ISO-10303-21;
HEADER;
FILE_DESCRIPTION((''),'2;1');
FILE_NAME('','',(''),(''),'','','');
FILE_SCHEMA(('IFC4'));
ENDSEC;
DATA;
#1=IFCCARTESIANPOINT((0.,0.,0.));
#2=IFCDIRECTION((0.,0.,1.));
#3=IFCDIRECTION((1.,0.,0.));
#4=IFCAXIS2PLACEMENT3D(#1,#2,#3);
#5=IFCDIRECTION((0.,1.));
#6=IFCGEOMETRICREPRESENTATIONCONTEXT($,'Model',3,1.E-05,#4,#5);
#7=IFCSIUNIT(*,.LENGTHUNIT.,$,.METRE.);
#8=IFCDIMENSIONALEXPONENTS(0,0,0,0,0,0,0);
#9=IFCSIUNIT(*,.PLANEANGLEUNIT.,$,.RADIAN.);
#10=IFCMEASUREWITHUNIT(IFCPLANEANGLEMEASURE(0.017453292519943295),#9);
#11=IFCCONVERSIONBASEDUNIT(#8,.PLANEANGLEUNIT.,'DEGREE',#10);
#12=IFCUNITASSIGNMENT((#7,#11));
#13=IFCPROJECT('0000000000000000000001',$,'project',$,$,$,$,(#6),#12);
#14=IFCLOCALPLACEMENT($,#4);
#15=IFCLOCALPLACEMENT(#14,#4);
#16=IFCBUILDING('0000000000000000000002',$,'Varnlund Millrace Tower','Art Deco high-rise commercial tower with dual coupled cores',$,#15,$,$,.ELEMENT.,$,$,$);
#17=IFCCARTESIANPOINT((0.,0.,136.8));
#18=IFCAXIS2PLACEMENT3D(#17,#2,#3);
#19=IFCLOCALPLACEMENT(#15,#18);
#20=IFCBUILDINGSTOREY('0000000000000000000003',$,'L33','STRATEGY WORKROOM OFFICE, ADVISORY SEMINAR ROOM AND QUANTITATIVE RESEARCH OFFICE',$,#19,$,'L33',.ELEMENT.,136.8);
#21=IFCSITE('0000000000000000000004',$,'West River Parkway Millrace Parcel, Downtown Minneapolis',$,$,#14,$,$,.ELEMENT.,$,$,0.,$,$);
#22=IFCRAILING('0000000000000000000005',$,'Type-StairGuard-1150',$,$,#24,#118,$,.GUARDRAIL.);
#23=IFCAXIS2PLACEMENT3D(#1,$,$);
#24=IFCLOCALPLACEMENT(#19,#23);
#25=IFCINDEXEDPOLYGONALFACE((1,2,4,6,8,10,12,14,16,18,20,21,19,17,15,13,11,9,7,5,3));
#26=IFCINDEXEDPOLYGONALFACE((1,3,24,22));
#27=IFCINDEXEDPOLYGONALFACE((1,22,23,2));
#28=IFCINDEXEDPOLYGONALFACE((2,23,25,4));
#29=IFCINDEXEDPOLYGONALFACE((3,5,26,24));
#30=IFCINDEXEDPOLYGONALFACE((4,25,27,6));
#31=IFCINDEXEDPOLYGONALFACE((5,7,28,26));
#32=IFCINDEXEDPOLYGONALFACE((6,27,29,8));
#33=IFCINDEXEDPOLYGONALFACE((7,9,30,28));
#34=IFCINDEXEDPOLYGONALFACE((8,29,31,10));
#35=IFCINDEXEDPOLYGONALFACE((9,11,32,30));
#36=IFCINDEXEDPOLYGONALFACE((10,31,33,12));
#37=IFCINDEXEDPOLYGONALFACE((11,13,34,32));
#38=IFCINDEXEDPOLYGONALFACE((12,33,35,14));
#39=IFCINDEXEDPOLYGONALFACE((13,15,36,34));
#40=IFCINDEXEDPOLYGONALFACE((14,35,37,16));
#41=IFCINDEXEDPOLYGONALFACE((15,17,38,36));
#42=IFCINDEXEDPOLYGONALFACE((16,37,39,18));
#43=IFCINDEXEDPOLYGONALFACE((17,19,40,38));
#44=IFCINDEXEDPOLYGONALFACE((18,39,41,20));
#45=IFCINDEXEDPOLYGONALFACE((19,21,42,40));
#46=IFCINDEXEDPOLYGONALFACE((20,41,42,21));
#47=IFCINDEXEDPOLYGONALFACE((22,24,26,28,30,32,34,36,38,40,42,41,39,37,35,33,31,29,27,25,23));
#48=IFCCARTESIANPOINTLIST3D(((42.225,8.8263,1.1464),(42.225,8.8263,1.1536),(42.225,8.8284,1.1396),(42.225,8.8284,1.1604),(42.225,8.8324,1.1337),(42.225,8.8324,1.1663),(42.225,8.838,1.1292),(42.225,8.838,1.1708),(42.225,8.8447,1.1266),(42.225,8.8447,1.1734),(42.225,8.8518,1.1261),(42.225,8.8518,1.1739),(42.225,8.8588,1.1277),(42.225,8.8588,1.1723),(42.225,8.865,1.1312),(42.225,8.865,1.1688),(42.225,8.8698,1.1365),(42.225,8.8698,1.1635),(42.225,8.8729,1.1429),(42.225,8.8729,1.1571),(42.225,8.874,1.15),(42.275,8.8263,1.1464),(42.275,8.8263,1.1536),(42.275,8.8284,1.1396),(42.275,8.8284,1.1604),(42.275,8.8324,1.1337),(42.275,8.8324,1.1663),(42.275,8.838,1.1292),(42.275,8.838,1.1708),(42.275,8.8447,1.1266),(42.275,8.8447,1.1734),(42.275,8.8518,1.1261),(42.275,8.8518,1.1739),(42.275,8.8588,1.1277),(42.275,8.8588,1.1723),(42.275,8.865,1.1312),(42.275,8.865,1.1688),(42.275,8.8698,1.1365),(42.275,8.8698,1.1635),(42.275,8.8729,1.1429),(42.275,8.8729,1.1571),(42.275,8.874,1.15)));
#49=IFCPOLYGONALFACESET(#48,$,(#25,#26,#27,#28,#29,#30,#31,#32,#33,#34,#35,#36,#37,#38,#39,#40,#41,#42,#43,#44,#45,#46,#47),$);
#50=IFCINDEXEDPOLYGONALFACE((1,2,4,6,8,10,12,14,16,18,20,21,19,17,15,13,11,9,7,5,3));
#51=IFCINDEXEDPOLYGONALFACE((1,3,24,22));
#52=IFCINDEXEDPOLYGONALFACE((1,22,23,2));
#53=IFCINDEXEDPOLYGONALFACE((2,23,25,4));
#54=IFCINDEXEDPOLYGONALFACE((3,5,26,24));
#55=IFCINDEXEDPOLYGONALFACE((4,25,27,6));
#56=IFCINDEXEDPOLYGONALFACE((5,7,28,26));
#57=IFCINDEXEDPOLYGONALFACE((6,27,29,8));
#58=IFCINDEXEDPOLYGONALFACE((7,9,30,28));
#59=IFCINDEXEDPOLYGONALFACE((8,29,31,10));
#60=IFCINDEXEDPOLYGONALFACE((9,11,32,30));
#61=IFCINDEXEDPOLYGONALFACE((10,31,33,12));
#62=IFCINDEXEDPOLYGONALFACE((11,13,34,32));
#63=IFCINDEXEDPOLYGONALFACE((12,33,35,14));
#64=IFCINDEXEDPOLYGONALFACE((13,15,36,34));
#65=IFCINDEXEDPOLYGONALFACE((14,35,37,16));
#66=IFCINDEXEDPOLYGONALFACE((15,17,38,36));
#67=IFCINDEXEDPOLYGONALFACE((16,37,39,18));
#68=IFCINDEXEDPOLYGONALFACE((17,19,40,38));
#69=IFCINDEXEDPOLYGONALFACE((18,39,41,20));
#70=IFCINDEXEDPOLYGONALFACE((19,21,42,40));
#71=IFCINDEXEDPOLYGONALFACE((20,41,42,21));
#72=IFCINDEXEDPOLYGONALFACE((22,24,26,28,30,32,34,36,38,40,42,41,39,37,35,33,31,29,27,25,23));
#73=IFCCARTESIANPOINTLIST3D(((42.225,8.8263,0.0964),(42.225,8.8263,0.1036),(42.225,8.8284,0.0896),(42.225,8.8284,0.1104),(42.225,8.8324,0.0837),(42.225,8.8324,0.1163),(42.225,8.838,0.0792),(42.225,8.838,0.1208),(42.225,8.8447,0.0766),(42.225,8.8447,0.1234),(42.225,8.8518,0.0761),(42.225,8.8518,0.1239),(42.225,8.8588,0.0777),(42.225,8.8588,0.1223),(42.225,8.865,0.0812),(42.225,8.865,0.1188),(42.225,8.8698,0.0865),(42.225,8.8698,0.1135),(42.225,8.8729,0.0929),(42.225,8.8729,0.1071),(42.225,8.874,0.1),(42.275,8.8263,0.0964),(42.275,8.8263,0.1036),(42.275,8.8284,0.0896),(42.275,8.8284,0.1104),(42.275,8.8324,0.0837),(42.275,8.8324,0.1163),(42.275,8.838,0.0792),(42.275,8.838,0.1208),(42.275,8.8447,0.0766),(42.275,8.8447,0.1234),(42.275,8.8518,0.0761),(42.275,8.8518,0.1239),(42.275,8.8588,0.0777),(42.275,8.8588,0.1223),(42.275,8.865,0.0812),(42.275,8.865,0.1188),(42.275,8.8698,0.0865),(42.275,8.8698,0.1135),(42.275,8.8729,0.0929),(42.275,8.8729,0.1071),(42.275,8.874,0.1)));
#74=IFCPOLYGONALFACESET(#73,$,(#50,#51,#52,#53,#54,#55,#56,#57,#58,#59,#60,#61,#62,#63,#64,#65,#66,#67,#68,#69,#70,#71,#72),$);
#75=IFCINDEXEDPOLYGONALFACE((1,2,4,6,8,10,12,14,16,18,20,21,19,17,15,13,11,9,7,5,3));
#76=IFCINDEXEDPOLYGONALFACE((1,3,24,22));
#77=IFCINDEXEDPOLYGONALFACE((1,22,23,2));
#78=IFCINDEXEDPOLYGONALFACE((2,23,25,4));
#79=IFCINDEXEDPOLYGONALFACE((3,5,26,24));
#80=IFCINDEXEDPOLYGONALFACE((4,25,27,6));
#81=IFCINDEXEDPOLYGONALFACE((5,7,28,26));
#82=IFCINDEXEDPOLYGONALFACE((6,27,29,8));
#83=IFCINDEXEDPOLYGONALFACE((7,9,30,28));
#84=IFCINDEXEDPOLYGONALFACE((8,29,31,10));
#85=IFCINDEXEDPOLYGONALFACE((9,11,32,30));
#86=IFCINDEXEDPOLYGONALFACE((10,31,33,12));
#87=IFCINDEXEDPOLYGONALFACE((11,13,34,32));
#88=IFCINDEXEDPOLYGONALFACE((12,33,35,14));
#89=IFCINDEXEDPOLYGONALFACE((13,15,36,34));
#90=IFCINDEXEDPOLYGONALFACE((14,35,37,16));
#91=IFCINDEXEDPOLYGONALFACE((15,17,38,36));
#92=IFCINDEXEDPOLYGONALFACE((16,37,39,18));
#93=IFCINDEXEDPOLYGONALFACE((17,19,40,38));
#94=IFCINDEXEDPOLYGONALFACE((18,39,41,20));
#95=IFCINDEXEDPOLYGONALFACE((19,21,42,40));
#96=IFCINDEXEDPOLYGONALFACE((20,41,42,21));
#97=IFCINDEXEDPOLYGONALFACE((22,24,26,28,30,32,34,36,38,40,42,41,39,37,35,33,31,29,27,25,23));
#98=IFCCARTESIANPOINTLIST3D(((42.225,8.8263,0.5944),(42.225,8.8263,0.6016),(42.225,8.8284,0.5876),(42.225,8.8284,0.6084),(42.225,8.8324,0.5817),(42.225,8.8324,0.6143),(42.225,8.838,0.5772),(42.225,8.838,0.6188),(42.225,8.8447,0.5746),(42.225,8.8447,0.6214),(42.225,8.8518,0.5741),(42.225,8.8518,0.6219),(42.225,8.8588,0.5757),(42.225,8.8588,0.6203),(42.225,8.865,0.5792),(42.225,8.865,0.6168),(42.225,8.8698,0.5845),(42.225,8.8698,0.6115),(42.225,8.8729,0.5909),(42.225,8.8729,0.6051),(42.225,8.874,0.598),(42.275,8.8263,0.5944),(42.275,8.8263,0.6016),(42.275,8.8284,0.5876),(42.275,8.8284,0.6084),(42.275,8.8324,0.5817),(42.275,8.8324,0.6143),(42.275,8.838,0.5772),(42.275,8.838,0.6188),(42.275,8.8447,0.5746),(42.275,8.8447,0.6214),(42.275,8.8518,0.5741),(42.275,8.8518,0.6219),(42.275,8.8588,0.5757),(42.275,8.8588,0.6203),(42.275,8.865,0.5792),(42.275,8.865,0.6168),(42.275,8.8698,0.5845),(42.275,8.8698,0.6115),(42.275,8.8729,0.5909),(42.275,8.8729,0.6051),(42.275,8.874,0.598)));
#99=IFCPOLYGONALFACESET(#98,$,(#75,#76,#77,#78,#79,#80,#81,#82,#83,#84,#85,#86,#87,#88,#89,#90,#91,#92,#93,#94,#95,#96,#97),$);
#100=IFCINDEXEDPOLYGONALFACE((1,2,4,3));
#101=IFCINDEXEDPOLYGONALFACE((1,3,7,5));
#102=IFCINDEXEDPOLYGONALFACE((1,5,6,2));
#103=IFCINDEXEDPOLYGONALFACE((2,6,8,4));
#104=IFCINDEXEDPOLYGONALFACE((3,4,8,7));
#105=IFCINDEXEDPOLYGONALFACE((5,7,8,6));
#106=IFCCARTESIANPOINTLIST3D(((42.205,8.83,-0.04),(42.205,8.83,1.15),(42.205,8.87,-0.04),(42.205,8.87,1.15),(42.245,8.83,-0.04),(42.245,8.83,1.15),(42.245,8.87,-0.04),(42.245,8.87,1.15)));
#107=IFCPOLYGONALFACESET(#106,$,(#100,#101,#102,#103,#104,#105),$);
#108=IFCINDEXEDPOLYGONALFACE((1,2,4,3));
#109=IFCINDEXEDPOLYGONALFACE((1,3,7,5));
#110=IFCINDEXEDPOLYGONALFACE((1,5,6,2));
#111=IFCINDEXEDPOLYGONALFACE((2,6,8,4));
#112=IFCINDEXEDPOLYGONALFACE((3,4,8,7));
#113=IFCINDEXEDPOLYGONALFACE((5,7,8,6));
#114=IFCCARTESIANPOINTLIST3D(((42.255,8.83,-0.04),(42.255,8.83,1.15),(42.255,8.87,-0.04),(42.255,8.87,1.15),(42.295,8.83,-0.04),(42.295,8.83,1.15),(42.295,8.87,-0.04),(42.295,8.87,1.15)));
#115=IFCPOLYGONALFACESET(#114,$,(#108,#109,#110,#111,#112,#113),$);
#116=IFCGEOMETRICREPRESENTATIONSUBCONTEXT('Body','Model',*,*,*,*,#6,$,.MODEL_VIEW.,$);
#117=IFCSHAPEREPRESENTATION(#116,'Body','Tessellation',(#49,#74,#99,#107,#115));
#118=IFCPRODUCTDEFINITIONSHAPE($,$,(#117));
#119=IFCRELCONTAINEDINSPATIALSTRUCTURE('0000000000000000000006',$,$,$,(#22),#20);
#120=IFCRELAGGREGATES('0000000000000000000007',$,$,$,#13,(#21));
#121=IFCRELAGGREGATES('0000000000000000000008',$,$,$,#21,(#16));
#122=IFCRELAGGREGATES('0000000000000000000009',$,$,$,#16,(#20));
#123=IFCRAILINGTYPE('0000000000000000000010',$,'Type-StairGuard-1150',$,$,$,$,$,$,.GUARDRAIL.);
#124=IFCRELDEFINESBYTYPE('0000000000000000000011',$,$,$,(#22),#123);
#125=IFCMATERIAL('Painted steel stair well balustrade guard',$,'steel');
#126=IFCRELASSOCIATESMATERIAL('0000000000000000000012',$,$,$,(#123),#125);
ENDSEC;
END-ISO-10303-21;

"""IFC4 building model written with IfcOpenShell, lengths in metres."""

from ifc_helpers import new_model, entity, si_unit, converted_unit, direction, frame, origin_with_axes, origin_2d_with_axis, place, context, subcontext, project, spatial, rectangle, circle, extrude, material, type_object, element, save


model = new_model("IFC4")

# Units and contexts
model_context = context("Model", 3, precision=1e-05, world=origin_with_axes(), true_north=direction((0.0, 1.0)))
body_context = subcontext(model_context, "Body", "Model", "MODEL_VIEW")
ifc_project = project(units=[si_unit("LENGTHUNIT", "METRE"), converted_unit("PLANEANGLEUNIT", "DEGREE", entity("IfcPlaneAngleMeasure", 0.017453292519943295), si_unit("PLANEANGLEUNIT", "RADIAN"), dimensions=[0, 0, 0, 0, 0, 0, 0])], contexts=[model_context])

# Site, building, storey
site_placement = place(None, origin_with_axes())
site = spatial("IfcSite", under=ifc_project, at=site_placement, Name="West River Parkway Millrace Parcel, Downtown Minneapolis", CompositionType="ELEMENT", RefElevation=0.0)
building_placement = place(site_placement, origin_with_axes())
building = spatial("IfcBuilding", under=site, at=building_placement, Name="Varnlund Millrace Tower", Description="Art Deco high-rise commercial tower with dual coupled cores", CompositionType="ELEMENT")
storey_placement = place(building_placement, frame((0.0, 0.0, 136.8), z_axis=(0.0, 0.0, 1.0), x_axis=(1.0, 0.0, 0.0)))
storey = spatial("IfcBuildingStorey", under=building, at=storey_placement, Name="L33", Description="STRATEGY WORKROOM OFFICE, ADVISORY SEMINAR ROOM AND QUANTITATIVE RESEARCH OFFICE", LongName="L33", CompositionType="ELEMENT", Elevation=136.8)

# Railing
ifc_material_1 = material(Name="Painted steel stair well balustrade guard", Category="steel")
railing_type_1 = type_object("IfcRailingType", Name="Type-StairGuard-1150", PredefinedType="GUARDRAIL", material=ifc_material_1)
railing_1_placement = place(storey_placement, frame((0.0, 0.0, -136.8), z_axis=(0.0, 0.0, 1.0), x_axis=(1.0, 0.0, 0.0)))
element("IfcRailing", 1, at=railing_1_placement, inside=storey, type_object=railing_type_1, Name="Type-StairGuard-1150", PredefinedType="GUARDRAIL", context=body_context, shape_type="SweptSolid", body=[
    extrude(circle(Radius=0.024, at=origin_2d_with_axis()), frame((42.225, 8.85, 137.95), z_axis=(1.0, 0.0, 0.0), x_axis=(0.0, 1.0, 0.0)), (0.0, 0.0, 1.0), 0.05),
    extrude(circle(Radius=0.024, at=origin_2d_with_axis()), frame((42.225, 8.85, 136.9), z_axis=(1.0, 0.0, 0.0), x_axis=(0.0, 1.0, 0.0)), (0.0, 0.0, 1.0), 0.05),
    extrude(circle(Radius=0.024, at=origin_2d_with_axis()), frame((42.225, 8.85, 137.398), z_axis=(1.0, 0.0, 0.0), x_axis=(0.0, 1.0, 0.0)), (0.0, 0.0, 1.0), 0.05),
    extrude(rectangle(XDim=0.04, YDim=0.04, at=origin_2d_with_axis()), frame((42.225, 8.85, 136.76), z_axis=(0.0, 0.0, 1.0), x_axis=(1.0, 0.0, 0.0)), (0.0, 0.0, 1.0), 1.19),
    extrude(rectangle(XDim=0.04, YDim=0.04, at=origin_2d_with_axis()), frame((42.275, 8.85, 136.76), z_axis=(0.0, 0.0, 1.0), x_axis=(1.0, 0.0, 0.0)), (0.0, 0.0, 1.0), 1.19),
])

save(model, "model.ifc")
